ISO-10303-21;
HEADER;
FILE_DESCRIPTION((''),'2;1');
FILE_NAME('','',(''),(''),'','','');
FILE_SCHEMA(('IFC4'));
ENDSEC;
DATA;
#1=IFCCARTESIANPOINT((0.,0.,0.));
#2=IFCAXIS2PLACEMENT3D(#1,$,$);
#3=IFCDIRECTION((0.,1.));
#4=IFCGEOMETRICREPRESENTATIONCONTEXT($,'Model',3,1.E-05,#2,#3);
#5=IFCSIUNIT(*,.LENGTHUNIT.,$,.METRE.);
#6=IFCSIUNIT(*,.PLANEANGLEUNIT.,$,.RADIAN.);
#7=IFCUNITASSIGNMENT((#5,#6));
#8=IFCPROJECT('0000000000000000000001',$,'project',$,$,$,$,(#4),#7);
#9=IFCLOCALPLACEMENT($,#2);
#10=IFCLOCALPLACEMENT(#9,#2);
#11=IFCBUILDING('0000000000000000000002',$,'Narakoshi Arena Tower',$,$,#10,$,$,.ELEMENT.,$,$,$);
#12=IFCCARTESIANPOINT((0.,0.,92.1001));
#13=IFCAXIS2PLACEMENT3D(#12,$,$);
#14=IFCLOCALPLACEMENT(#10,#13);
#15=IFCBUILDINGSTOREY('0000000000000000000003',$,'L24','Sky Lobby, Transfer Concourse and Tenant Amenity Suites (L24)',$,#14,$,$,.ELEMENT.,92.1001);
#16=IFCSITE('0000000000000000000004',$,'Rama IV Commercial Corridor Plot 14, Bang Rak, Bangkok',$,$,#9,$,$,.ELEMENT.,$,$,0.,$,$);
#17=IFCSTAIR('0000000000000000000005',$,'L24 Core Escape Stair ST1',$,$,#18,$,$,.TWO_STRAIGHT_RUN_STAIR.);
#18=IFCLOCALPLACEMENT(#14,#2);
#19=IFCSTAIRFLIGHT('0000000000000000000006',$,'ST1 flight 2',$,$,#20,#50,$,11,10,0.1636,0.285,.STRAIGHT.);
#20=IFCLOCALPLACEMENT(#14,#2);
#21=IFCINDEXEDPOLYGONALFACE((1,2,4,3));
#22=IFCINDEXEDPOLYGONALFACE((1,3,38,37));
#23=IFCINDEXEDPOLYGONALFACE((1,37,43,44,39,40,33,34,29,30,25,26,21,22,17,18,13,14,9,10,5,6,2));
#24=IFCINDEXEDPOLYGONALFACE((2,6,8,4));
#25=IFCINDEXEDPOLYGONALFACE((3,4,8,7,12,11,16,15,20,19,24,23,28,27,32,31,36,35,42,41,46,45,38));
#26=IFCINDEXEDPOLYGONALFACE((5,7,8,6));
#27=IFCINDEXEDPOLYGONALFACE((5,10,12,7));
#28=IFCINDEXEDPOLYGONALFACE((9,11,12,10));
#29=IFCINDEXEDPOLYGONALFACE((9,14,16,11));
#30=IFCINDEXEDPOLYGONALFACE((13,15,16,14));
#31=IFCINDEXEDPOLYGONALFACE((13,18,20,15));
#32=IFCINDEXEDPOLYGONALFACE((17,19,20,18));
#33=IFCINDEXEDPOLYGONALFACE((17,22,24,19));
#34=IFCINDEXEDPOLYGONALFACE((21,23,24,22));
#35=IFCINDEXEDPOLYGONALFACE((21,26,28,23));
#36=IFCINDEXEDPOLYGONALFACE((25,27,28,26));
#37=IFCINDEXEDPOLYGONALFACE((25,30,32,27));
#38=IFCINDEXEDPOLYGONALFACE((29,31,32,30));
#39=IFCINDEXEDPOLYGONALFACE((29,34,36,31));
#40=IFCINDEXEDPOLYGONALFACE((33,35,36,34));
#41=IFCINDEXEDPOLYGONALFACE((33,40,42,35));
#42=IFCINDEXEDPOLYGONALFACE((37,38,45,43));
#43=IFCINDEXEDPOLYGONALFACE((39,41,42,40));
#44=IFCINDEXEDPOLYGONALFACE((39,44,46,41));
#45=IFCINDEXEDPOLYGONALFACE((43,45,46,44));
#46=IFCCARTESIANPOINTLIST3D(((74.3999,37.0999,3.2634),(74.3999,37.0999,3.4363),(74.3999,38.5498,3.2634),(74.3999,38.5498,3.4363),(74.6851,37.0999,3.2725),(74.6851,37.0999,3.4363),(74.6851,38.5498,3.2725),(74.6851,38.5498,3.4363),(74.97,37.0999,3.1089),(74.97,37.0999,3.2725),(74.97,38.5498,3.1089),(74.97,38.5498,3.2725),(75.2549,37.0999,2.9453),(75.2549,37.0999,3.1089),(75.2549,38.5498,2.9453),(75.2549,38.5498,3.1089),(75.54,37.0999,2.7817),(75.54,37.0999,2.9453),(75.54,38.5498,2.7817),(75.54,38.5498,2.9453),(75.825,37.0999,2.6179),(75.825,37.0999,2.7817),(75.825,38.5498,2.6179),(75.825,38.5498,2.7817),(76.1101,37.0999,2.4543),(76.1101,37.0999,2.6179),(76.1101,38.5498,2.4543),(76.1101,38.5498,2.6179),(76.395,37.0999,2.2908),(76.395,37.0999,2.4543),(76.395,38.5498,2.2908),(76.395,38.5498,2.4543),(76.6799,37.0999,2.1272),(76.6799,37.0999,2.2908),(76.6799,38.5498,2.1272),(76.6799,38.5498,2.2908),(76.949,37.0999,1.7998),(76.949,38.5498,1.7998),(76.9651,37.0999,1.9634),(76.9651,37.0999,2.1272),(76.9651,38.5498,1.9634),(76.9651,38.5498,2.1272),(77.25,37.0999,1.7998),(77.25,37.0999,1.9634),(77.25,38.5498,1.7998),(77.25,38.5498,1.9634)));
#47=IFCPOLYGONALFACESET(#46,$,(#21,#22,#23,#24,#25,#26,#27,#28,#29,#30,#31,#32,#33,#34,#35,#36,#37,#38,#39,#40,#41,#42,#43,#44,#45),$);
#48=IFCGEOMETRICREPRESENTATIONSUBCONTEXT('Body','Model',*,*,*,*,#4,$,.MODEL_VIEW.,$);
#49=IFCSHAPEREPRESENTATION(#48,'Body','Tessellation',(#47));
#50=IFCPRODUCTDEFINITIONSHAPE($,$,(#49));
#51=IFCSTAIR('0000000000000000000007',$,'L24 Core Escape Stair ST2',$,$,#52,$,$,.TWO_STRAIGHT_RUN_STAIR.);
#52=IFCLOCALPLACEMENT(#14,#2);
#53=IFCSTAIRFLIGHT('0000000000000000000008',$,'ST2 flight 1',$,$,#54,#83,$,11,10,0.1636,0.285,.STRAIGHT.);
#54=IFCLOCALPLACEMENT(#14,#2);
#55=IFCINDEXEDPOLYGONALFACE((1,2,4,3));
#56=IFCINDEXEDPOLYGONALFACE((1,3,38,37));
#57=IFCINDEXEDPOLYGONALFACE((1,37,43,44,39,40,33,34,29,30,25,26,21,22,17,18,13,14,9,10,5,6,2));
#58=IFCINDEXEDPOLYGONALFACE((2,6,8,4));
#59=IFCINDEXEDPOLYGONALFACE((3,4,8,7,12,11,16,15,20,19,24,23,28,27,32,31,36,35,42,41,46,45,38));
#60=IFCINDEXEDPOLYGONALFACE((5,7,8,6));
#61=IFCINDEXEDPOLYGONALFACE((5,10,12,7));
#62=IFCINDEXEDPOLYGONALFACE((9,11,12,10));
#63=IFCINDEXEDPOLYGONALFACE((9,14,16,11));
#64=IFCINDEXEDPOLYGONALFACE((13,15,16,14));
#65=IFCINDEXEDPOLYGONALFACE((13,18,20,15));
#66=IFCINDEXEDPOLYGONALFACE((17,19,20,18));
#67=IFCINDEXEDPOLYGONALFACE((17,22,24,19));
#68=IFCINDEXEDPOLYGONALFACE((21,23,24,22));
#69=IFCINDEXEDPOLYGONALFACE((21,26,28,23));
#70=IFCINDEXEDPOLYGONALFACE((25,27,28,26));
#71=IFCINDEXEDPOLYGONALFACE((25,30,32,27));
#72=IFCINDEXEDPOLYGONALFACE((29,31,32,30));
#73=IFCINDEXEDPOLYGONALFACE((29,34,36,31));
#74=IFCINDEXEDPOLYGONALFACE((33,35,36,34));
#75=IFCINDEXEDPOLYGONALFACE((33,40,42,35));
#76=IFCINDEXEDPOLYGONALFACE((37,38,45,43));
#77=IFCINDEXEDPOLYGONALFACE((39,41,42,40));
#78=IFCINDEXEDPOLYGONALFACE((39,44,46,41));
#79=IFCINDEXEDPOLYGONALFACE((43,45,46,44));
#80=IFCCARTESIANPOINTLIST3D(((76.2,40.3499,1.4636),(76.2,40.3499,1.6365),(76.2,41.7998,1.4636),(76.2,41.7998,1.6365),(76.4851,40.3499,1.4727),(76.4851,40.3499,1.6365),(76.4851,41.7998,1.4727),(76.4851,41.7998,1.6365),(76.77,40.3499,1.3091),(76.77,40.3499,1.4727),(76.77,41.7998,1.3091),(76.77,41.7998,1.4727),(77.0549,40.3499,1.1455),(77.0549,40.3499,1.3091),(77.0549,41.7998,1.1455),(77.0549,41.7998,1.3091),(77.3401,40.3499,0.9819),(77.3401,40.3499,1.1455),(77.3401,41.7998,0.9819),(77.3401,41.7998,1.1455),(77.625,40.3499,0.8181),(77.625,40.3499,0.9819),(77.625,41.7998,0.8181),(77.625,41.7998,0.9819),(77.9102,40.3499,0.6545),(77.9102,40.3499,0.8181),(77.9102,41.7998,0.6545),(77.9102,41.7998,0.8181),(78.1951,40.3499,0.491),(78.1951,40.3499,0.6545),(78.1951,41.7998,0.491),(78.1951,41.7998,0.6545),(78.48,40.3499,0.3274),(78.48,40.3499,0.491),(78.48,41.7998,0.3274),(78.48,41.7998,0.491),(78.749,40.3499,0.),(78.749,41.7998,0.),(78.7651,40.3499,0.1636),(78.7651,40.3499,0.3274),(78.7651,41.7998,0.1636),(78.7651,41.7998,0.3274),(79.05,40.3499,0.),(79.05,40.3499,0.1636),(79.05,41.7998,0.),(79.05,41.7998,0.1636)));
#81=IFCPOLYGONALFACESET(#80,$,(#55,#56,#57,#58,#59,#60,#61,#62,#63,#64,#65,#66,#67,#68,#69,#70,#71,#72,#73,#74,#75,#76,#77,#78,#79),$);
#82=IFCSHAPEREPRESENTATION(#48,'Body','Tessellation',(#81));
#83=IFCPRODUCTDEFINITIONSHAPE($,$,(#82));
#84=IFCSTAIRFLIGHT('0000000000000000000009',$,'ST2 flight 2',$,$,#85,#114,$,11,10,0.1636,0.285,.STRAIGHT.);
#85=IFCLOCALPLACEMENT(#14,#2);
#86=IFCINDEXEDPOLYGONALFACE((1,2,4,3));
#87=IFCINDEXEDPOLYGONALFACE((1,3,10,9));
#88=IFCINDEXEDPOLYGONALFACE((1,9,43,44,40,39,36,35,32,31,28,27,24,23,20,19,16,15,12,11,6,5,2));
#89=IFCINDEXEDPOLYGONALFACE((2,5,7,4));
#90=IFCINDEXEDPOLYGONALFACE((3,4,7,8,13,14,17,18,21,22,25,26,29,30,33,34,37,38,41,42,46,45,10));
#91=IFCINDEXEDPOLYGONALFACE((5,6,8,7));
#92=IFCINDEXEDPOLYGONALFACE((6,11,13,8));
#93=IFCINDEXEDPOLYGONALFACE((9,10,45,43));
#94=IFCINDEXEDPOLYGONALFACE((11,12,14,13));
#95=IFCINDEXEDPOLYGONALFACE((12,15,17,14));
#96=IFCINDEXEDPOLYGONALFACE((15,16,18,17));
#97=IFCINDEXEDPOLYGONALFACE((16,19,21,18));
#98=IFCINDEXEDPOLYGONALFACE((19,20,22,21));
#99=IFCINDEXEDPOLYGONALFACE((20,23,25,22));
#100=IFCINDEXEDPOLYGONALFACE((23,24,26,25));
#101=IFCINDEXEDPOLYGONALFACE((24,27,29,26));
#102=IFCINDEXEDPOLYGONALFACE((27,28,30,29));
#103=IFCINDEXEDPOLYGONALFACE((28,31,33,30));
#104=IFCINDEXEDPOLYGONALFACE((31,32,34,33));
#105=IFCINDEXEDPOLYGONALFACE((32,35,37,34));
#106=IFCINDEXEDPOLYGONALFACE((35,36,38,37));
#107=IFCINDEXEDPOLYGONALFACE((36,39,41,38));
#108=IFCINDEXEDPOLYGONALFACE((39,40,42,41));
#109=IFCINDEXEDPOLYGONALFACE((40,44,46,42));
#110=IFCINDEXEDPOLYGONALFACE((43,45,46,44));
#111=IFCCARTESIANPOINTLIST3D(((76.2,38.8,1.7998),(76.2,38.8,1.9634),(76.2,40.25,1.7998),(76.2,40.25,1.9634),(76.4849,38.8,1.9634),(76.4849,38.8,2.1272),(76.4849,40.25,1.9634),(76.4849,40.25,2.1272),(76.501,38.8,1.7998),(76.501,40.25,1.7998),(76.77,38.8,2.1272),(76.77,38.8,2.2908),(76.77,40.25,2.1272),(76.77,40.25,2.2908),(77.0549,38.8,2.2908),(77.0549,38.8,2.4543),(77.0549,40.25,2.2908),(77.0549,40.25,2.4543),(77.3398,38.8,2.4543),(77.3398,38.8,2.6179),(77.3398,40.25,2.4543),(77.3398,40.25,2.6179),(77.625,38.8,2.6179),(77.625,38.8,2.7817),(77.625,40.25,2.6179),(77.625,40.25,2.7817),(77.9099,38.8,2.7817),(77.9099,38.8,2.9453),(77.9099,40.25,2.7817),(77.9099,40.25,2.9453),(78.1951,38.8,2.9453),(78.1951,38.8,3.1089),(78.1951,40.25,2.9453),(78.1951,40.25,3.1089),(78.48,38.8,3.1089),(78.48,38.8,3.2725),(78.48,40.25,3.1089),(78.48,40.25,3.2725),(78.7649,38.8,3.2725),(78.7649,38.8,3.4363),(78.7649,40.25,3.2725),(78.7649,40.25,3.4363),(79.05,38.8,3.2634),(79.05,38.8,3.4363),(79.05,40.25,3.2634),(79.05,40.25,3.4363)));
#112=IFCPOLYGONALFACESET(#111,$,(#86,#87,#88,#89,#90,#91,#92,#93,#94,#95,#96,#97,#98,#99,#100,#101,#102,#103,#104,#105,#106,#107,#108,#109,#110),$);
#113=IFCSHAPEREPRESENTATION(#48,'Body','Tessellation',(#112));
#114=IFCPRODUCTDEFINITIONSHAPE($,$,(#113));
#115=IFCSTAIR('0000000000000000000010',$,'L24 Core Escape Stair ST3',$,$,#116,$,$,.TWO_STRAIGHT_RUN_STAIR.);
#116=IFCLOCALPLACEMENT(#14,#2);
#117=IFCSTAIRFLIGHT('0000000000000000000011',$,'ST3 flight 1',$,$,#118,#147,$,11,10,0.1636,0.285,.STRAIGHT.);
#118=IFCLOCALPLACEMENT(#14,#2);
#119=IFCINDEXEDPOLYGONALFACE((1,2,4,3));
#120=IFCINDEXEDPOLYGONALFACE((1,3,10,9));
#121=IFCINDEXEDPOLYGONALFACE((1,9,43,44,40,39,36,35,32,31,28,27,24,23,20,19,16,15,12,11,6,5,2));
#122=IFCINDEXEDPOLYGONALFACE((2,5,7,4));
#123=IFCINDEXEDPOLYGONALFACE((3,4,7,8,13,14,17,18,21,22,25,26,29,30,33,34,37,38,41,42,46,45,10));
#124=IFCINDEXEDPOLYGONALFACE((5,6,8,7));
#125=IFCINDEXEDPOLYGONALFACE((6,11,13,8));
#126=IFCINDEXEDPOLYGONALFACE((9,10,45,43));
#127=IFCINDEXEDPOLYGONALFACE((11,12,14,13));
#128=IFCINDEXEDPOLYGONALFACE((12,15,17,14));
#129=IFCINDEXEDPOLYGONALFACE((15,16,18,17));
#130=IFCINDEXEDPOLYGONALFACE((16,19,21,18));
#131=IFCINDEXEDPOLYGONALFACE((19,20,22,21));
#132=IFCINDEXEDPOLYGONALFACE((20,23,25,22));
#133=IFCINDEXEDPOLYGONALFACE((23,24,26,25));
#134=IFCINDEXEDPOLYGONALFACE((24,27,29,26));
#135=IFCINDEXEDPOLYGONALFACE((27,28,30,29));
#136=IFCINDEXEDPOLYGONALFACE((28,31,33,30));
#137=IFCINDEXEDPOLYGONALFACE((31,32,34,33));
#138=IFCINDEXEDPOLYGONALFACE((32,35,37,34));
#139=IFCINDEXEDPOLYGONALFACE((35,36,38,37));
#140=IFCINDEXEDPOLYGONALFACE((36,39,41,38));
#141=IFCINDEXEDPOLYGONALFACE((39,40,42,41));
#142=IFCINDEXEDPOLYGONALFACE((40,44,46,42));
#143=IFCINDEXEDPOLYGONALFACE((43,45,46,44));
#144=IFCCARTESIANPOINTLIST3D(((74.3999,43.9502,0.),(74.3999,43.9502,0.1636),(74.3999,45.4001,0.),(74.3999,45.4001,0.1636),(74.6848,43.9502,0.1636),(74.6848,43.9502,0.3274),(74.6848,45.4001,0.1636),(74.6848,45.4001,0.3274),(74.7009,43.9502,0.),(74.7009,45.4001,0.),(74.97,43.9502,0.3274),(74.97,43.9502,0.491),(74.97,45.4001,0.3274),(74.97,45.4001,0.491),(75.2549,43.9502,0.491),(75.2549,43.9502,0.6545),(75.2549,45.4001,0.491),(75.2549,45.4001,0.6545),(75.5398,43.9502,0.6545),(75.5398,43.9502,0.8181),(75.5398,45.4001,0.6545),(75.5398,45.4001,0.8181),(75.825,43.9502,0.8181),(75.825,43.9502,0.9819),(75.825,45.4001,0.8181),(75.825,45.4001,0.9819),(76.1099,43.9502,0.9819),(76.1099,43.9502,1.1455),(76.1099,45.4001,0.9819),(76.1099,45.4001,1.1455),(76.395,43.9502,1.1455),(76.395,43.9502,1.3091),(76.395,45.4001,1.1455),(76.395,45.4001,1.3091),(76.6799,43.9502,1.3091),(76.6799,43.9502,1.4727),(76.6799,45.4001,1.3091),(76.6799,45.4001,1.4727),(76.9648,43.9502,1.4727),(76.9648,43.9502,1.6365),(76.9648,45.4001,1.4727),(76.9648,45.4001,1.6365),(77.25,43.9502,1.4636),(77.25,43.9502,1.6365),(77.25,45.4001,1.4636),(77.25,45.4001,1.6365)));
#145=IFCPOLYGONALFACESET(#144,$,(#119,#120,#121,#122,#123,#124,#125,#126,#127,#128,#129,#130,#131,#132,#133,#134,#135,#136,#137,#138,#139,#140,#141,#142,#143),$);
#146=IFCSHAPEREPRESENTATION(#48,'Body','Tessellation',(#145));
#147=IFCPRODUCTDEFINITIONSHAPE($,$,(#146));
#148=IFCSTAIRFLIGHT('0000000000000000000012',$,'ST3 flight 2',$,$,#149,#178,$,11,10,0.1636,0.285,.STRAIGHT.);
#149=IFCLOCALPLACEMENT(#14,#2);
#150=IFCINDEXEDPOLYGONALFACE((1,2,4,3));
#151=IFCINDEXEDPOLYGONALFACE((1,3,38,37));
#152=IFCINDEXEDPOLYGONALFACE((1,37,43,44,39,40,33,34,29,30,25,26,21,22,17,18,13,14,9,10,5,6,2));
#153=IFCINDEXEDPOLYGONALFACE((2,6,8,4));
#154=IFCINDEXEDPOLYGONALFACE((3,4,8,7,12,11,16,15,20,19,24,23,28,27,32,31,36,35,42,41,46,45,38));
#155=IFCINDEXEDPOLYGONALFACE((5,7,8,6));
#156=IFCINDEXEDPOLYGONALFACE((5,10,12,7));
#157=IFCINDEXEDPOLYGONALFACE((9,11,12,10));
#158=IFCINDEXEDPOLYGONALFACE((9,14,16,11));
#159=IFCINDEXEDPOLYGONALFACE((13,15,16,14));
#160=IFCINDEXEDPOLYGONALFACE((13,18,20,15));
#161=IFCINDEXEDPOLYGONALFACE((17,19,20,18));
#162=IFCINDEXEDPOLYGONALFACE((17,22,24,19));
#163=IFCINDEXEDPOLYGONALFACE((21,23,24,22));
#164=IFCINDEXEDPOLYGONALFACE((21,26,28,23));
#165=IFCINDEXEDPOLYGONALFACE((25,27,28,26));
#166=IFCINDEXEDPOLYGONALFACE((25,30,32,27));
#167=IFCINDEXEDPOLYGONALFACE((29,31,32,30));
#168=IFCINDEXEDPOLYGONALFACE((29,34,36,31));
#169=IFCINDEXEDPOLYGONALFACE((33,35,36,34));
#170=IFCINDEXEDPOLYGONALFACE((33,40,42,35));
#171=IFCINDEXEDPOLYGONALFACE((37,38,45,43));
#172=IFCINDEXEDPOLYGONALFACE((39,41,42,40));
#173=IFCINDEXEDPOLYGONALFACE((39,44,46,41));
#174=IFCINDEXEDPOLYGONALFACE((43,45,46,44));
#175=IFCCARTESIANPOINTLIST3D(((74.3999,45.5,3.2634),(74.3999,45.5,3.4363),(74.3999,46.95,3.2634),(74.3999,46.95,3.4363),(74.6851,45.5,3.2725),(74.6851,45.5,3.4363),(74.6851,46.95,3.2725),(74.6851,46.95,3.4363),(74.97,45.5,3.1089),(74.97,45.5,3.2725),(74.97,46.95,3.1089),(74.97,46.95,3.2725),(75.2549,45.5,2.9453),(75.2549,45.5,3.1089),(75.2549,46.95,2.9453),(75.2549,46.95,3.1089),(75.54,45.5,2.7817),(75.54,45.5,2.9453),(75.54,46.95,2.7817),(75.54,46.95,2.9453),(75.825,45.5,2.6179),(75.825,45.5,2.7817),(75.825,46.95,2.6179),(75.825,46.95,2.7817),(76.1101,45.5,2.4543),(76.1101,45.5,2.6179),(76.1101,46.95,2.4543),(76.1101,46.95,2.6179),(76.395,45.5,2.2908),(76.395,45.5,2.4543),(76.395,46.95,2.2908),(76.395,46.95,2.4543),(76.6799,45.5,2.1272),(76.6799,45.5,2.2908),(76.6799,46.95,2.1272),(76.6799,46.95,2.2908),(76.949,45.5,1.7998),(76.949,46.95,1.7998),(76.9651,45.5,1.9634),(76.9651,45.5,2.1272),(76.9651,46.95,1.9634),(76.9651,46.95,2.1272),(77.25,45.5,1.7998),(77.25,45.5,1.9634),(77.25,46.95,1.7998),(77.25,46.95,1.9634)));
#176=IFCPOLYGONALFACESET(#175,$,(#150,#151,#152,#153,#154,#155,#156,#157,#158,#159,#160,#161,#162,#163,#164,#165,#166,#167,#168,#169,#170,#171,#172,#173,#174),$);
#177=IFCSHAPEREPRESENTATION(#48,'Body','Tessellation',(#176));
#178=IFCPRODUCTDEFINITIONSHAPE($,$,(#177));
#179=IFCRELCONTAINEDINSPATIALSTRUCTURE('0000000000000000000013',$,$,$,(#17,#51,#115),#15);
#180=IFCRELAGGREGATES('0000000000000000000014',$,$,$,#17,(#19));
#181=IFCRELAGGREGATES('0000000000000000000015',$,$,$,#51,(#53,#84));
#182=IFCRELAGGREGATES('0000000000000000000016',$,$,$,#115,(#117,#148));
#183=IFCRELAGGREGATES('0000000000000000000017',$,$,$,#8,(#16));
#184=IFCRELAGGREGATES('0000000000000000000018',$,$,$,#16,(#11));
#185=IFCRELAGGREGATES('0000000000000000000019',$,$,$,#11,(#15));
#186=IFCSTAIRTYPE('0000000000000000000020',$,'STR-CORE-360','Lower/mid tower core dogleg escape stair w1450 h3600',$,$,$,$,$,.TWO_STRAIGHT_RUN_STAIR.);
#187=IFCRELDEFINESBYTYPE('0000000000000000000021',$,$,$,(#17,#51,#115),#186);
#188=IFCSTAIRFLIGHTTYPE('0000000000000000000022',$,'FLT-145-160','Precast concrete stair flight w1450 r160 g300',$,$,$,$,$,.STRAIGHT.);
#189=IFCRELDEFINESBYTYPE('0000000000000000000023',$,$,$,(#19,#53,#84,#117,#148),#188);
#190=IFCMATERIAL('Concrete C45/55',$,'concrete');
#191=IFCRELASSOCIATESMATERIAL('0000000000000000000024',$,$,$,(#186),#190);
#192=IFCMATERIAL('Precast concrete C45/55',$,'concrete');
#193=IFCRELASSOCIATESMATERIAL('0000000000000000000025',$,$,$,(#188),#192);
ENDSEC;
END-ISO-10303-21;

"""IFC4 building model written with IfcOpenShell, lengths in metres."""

from ifc_helpers import new_model, si_unit, direction, frame, origin, place, context, subcontext, project, spatial, polyline, outline, extrude, material, type_object, element, aggregate, save


model = new_model("IFC4")

# Units and contexts
model_context = context("Model", 3, precision=1e-05, world=origin(), true_north=direction((0.0, 1.0)))
body_context = subcontext(model_context, "Body", "Model", "MODEL_VIEW")
ifc_project = project(units=[si_unit("LENGTHUNIT", "METRE"), si_unit("PLANEANGLEUNIT", "RADIAN")], contexts=[model_context])

# Site, building, storey
site_placement = place(None, origin())
site = spatial("IfcSite", under=ifc_project, at=site_placement, Name="Rama IV Commercial Corridor Plot 14, Bang Rak, Bangkok", CompositionType="ELEMENT", RefElevation=0.0)
building_placement = place(site_placement, origin())
building = spatial("IfcBuilding", under=site, at=building_placement, Name="Narakoshi Arena Tower", CompositionType="ELEMENT")
storey_placement = place(building_placement, frame((0.0, 0.0, 92.1001)))
storey = spatial("IfcBuildingStorey", under=building, at=storey_placement, Name="L24", Description="Sky Lobby, Transfer Concourse and Tenant Amenity Suites (L24)", CompositionType="ELEMENT", Elevation=92.1001)

# Stairs, stair flights
ifc_material_1 = material(Name="Concrete C45/55", Category="concrete")
stair_type = type_object("IfcStairType", Name="STR-CORE-360", Description="Lower/mid tower core dogleg escape stair w1450 h3600", PredefinedType="TWO_STRAIGHT_RUN_STAIR", material=ifc_material_1)
stair_1_placement = place(storey_placement, origin())
stair_1 = element("IfcStair", 1, at=stair_1_placement, inside=storey, type_object=stair_type, Name="L24 Core Escape Stair ST1", PredefinedType="TWO_STRAIGHT_RUN_STAIR")
ifc_material_2 = material(Name="Precast concrete C45/55", Category="concrete")
stair_flight_type = type_object("IfcStairFlightType", Name="FLT-145-160", Description="Precast concrete stair flight w1450 r160 g300", PredefinedType="STRAIGHT", material=ifc_material_2)
stair_flight_1_placement = place(storey_placement, frame((77.25, 37.825, 1.7998), z_axis=(0.0, 0.0, 1.0), x_axis=(-1.0, 0.0, 0.0)))
stair_flight_1 = element("IfcStairFlight", 2, at=stair_flight_1_placement, type_object=stair_flight_type, Name="ST1 flight 2", NumberOfRisers=11, NumberOfTreads=10, PredefinedType="STRAIGHT", RiserHeight=0.1636, TreadLength=0.285, context=body_context, shape_type="SweptSolid", body=[
    extrude(outline(polyline([(0.0, 0.0), (0.0, 0.1636), (0.2849, 0.1636), (0.2849, 0.3274), (0.5701, 0.3274), (0.5701, 0.491), (0.855, 0.491), (0.855, 0.6545), (1.1399, 0.6545), (1.1399, 0.8181), (1.425, 0.8181), (1.425, 0.9819), (1.71, 0.9819), (1.71, 1.1455), (1.9951, 1.1455), (1.9951, 1.3091), (2.28, 1.3091), (2.28, 1.4727), (2.5649, 1.4727), (2.5649, 1.6365), (2.8501, 1.6365), (2.8501, 1.8), (2.8501, 1.4636), (0.301, 0.0), (0.0, 0.0)])), frame((0.0, 0.7251, 0.0), z_axis=(0.0, -1.0, 0.0), x_axis=(1.0, 0.0, 0.0)), (0.0, 0.0, 1.0), 1.45),
])
aggregate(stair_1, [stair_flight_1])
stair_2_placement = place(storey_placement, origin())
stair_2 = element("IfcStair", 3, at=stair_2_placement, inside=storey, type_object=stair_type, Name="L24 Core Escape Stair ST2", PredefinedType="TWO_STRAIGHT_RUN_STAIR")
stair_flight_2_placement = place(storey_placement, frame((79.05, 41.075, 0.0), z_axis=(0.0, 0.0, 1.0), x_axis=(-1.0, 0.0, 0.0)))
stair_flight_2 = element("IfcStairFlight", 4, at=stair_flight_2_placement, type_object=stair_flight_type, Name="ST2 flight 1", NumberOfRisers=11, NumberOfTreads=10, PredefinedType="STRAIGHT", RiserHeight=0.1636, TreadLength=0.285, context=body_context, shape_type="SweptSolid", body=[
    extrude(outline(polyline([(0.0, 0.0), (0.0, 0.1636), (0.2849, 0.1636), (0.2849, 0.3274), (0.5701, 0.3274), (0.5701, 0.491), (0.855, 0.491), (0.855, 0.6545), (1.1399, 0.6545), (1.1399, 0.8181), (1.425, 0.8181), (1.425, 0.9819), (1.71, 0.9819), (1.71, 1.1455), (1.9951, 1.1455), (1.9951, 1.3091), (2.28, 1.3091), (2.28, 1.4727), (2.5649, 1.4727), (2.5649, 1.6365), (2.8501, 1.6365), (2.8501, 1.8), (2.8501, 1.4636), (0.301, 0.0), (0.0, 0.0)])), frame((0.0, 0.7251, 0.0), z_axis=(0.0, -1.0, 0.0), x_axis=(1.0, 0.0, 0.0)), (0.0, 0.0, 1.0), 1.45),
])
stair_flight_3_placement = place(storey_placement, frame((76.2, 39.5249, 1.7998), z_axis=(0.0, 0.0, 1.0), x_axis=(1.0, 0.0, 0.0)))
stair_flight_3 = element("IfcStairFlight", 5, at=stair_flight_3_placement, type_object=stair_flight_type, Name="ST2 flight 2", NumberOfRisers=11, NumberOfTreads=10, PredefinedType="STRAIGHT", RiserHeight=0.1636, TreadLength=0.285, context=body_context, shape_type="SweptSolid", body=[
    extrude(outline(polyline([(0.0, 0.0), (0.0, 0.1636), (0.2849, 0.1636), (0.2849, 0.3274), (0.5701, 0.3274), (0.5701, 0.491), (0.855, 0.491), (0.855, 0.6545), (1.1399, 0.6545), (1.1399, 0.8181), (1.425, 0.8181), (1.425, 0.9819), (1.71, 0.9819), (1.71, 1.1455), (1.9951, 1.1455), (1.9951, 1.3091), (2.28, 1.3091), (2.28, 1.4727), (2.5649, 1.4727), (2.5649, 1.6365), (2.8501, 1.6365), (2.8501, 1.8), (2.8501, 1.4636), (0.301, 0.0), (0.0, 0.0)])), frame((0.0, 0.7251, 0.0), z_axis=(0.0, -1.0, 0.0), x_axis=(1.0, 0.0, 0.0)), (0.0, 0.0, 1.0), 1.45),
])
aggregate(stair_2, [stair_flight_2, stair_flight_3])
stair_3_placement = place(storey_placement, origin())
stair_3 = element("IfcStair", 6, at=stair_3_placement, inside=storey, type_object=stair_type, Name="L24 Core Escape Stair ST3", PredefinedType="TWO_STRAIGHT_RUN_STAIR")
stair_flight_4_placement = place(storey_placement, frame((74.3999, 44.675, 0.0), z_axis=(0.0, 0.0, 1.0), x_axis=(1.0, 0.0, 0.0)))
stair_flight_4 = element("IfcStairFlight", 7, at=stair_flight_4_placement, type_object=stair_flight_type, Name="ST3 flight 1", NumberOfRisers=11, NumberOfTreads=10, PredefinedType="STRAIGHT", RiserHeight=0.1636, TreadLength=0.285, context=body_context, shape_type="SweptSolid", body=[
    extrude(outline(polyline([(0.0, 0.0), (0.0, 0.1636), (0.2849, 0.1636), (0.2849, 0.3274), (0.5701, 0.3274), (0.5701, 0.491), (0.855, 0.491), (0.855, 0.6545), (1.1399, 0.6545), (1.1399, 0.8181), (1.425, 0.8181), (1.425, 0.9819), (1.71, 0.9819), (1.71, 1.1455), (1.9951, 1.1455), (1.9951, 1.3091), (2.28, 1.3091), (2.28, 1.4727), (2.5649, 1.4727), (2.5649, 1.6365), (2.8501, 1.6365), (2.8501, 1.8), (2.8501, 1.4636), (0.301, 0.0), (0.0, 0.0)])), frame((0.0, 0.7251, 0.0), z_axis=(0.0, -1.0, 0.0), x_axis=(1.0, 0.0, 0.0)), (0.0, 0.0, 1.0), 1.45),
])
stair_flight_5_placement = place(storey_placement, frame((77.25, 46.2251, 1.7998), z_axis=(0.0, 0.0, 1.0), x_axis=(-1.0, 0.0, 0.0)))
stair_flight_5 = element("IfcStairFlight", 8, at=stair_flight_5_placement, type_object=stair_flight_type, Name="ST3 flight 2", NumberOfRisers=11, NumberOfTreads=10, PredefinedType="STRAIGHT", RiserHeight=0.1636, TreadLength=0.285, context=body_context, shape_type="SweptSolid", body=[
    extrude(outline(polyline([(0.0, 0.0), (0.0, 0.1636), (0.2849, 0.1636), (0.2849, 0.3274), (0.5701, 0.3274), (0.5701, 0.491), (0.855, 0.491), (0.855, 0.6545), (1.1399, 0.6545), (1.1399, 0.8181), (1.425, 0.8181), (1.425, 0.9819), (1.71, 0.9819), (1.71, 1.1455), (1.9951, 1.1455), (1.9951, 1.3091), (2.28, 1.3091), (2.28, 1.4727), (2.5649, 1.4727), (2.5649, 1.6365), (2.8501, 1.6365), (2.8501, 1.8), (2.8501, 1.4636), (0.301, 0.0), (0.0, 0.0)])), frame((0.0, 0.7251, 0.0), z_axis=(0.0, -1.0, 0.0), x_axis=(1.0, 0.0, 0.0)), (0.0, 0.0, 1.0), 1.45),
])
aggregate(stair_3, [stair_flight_4, stair_flight_5])

save(model, "model.ifc")
